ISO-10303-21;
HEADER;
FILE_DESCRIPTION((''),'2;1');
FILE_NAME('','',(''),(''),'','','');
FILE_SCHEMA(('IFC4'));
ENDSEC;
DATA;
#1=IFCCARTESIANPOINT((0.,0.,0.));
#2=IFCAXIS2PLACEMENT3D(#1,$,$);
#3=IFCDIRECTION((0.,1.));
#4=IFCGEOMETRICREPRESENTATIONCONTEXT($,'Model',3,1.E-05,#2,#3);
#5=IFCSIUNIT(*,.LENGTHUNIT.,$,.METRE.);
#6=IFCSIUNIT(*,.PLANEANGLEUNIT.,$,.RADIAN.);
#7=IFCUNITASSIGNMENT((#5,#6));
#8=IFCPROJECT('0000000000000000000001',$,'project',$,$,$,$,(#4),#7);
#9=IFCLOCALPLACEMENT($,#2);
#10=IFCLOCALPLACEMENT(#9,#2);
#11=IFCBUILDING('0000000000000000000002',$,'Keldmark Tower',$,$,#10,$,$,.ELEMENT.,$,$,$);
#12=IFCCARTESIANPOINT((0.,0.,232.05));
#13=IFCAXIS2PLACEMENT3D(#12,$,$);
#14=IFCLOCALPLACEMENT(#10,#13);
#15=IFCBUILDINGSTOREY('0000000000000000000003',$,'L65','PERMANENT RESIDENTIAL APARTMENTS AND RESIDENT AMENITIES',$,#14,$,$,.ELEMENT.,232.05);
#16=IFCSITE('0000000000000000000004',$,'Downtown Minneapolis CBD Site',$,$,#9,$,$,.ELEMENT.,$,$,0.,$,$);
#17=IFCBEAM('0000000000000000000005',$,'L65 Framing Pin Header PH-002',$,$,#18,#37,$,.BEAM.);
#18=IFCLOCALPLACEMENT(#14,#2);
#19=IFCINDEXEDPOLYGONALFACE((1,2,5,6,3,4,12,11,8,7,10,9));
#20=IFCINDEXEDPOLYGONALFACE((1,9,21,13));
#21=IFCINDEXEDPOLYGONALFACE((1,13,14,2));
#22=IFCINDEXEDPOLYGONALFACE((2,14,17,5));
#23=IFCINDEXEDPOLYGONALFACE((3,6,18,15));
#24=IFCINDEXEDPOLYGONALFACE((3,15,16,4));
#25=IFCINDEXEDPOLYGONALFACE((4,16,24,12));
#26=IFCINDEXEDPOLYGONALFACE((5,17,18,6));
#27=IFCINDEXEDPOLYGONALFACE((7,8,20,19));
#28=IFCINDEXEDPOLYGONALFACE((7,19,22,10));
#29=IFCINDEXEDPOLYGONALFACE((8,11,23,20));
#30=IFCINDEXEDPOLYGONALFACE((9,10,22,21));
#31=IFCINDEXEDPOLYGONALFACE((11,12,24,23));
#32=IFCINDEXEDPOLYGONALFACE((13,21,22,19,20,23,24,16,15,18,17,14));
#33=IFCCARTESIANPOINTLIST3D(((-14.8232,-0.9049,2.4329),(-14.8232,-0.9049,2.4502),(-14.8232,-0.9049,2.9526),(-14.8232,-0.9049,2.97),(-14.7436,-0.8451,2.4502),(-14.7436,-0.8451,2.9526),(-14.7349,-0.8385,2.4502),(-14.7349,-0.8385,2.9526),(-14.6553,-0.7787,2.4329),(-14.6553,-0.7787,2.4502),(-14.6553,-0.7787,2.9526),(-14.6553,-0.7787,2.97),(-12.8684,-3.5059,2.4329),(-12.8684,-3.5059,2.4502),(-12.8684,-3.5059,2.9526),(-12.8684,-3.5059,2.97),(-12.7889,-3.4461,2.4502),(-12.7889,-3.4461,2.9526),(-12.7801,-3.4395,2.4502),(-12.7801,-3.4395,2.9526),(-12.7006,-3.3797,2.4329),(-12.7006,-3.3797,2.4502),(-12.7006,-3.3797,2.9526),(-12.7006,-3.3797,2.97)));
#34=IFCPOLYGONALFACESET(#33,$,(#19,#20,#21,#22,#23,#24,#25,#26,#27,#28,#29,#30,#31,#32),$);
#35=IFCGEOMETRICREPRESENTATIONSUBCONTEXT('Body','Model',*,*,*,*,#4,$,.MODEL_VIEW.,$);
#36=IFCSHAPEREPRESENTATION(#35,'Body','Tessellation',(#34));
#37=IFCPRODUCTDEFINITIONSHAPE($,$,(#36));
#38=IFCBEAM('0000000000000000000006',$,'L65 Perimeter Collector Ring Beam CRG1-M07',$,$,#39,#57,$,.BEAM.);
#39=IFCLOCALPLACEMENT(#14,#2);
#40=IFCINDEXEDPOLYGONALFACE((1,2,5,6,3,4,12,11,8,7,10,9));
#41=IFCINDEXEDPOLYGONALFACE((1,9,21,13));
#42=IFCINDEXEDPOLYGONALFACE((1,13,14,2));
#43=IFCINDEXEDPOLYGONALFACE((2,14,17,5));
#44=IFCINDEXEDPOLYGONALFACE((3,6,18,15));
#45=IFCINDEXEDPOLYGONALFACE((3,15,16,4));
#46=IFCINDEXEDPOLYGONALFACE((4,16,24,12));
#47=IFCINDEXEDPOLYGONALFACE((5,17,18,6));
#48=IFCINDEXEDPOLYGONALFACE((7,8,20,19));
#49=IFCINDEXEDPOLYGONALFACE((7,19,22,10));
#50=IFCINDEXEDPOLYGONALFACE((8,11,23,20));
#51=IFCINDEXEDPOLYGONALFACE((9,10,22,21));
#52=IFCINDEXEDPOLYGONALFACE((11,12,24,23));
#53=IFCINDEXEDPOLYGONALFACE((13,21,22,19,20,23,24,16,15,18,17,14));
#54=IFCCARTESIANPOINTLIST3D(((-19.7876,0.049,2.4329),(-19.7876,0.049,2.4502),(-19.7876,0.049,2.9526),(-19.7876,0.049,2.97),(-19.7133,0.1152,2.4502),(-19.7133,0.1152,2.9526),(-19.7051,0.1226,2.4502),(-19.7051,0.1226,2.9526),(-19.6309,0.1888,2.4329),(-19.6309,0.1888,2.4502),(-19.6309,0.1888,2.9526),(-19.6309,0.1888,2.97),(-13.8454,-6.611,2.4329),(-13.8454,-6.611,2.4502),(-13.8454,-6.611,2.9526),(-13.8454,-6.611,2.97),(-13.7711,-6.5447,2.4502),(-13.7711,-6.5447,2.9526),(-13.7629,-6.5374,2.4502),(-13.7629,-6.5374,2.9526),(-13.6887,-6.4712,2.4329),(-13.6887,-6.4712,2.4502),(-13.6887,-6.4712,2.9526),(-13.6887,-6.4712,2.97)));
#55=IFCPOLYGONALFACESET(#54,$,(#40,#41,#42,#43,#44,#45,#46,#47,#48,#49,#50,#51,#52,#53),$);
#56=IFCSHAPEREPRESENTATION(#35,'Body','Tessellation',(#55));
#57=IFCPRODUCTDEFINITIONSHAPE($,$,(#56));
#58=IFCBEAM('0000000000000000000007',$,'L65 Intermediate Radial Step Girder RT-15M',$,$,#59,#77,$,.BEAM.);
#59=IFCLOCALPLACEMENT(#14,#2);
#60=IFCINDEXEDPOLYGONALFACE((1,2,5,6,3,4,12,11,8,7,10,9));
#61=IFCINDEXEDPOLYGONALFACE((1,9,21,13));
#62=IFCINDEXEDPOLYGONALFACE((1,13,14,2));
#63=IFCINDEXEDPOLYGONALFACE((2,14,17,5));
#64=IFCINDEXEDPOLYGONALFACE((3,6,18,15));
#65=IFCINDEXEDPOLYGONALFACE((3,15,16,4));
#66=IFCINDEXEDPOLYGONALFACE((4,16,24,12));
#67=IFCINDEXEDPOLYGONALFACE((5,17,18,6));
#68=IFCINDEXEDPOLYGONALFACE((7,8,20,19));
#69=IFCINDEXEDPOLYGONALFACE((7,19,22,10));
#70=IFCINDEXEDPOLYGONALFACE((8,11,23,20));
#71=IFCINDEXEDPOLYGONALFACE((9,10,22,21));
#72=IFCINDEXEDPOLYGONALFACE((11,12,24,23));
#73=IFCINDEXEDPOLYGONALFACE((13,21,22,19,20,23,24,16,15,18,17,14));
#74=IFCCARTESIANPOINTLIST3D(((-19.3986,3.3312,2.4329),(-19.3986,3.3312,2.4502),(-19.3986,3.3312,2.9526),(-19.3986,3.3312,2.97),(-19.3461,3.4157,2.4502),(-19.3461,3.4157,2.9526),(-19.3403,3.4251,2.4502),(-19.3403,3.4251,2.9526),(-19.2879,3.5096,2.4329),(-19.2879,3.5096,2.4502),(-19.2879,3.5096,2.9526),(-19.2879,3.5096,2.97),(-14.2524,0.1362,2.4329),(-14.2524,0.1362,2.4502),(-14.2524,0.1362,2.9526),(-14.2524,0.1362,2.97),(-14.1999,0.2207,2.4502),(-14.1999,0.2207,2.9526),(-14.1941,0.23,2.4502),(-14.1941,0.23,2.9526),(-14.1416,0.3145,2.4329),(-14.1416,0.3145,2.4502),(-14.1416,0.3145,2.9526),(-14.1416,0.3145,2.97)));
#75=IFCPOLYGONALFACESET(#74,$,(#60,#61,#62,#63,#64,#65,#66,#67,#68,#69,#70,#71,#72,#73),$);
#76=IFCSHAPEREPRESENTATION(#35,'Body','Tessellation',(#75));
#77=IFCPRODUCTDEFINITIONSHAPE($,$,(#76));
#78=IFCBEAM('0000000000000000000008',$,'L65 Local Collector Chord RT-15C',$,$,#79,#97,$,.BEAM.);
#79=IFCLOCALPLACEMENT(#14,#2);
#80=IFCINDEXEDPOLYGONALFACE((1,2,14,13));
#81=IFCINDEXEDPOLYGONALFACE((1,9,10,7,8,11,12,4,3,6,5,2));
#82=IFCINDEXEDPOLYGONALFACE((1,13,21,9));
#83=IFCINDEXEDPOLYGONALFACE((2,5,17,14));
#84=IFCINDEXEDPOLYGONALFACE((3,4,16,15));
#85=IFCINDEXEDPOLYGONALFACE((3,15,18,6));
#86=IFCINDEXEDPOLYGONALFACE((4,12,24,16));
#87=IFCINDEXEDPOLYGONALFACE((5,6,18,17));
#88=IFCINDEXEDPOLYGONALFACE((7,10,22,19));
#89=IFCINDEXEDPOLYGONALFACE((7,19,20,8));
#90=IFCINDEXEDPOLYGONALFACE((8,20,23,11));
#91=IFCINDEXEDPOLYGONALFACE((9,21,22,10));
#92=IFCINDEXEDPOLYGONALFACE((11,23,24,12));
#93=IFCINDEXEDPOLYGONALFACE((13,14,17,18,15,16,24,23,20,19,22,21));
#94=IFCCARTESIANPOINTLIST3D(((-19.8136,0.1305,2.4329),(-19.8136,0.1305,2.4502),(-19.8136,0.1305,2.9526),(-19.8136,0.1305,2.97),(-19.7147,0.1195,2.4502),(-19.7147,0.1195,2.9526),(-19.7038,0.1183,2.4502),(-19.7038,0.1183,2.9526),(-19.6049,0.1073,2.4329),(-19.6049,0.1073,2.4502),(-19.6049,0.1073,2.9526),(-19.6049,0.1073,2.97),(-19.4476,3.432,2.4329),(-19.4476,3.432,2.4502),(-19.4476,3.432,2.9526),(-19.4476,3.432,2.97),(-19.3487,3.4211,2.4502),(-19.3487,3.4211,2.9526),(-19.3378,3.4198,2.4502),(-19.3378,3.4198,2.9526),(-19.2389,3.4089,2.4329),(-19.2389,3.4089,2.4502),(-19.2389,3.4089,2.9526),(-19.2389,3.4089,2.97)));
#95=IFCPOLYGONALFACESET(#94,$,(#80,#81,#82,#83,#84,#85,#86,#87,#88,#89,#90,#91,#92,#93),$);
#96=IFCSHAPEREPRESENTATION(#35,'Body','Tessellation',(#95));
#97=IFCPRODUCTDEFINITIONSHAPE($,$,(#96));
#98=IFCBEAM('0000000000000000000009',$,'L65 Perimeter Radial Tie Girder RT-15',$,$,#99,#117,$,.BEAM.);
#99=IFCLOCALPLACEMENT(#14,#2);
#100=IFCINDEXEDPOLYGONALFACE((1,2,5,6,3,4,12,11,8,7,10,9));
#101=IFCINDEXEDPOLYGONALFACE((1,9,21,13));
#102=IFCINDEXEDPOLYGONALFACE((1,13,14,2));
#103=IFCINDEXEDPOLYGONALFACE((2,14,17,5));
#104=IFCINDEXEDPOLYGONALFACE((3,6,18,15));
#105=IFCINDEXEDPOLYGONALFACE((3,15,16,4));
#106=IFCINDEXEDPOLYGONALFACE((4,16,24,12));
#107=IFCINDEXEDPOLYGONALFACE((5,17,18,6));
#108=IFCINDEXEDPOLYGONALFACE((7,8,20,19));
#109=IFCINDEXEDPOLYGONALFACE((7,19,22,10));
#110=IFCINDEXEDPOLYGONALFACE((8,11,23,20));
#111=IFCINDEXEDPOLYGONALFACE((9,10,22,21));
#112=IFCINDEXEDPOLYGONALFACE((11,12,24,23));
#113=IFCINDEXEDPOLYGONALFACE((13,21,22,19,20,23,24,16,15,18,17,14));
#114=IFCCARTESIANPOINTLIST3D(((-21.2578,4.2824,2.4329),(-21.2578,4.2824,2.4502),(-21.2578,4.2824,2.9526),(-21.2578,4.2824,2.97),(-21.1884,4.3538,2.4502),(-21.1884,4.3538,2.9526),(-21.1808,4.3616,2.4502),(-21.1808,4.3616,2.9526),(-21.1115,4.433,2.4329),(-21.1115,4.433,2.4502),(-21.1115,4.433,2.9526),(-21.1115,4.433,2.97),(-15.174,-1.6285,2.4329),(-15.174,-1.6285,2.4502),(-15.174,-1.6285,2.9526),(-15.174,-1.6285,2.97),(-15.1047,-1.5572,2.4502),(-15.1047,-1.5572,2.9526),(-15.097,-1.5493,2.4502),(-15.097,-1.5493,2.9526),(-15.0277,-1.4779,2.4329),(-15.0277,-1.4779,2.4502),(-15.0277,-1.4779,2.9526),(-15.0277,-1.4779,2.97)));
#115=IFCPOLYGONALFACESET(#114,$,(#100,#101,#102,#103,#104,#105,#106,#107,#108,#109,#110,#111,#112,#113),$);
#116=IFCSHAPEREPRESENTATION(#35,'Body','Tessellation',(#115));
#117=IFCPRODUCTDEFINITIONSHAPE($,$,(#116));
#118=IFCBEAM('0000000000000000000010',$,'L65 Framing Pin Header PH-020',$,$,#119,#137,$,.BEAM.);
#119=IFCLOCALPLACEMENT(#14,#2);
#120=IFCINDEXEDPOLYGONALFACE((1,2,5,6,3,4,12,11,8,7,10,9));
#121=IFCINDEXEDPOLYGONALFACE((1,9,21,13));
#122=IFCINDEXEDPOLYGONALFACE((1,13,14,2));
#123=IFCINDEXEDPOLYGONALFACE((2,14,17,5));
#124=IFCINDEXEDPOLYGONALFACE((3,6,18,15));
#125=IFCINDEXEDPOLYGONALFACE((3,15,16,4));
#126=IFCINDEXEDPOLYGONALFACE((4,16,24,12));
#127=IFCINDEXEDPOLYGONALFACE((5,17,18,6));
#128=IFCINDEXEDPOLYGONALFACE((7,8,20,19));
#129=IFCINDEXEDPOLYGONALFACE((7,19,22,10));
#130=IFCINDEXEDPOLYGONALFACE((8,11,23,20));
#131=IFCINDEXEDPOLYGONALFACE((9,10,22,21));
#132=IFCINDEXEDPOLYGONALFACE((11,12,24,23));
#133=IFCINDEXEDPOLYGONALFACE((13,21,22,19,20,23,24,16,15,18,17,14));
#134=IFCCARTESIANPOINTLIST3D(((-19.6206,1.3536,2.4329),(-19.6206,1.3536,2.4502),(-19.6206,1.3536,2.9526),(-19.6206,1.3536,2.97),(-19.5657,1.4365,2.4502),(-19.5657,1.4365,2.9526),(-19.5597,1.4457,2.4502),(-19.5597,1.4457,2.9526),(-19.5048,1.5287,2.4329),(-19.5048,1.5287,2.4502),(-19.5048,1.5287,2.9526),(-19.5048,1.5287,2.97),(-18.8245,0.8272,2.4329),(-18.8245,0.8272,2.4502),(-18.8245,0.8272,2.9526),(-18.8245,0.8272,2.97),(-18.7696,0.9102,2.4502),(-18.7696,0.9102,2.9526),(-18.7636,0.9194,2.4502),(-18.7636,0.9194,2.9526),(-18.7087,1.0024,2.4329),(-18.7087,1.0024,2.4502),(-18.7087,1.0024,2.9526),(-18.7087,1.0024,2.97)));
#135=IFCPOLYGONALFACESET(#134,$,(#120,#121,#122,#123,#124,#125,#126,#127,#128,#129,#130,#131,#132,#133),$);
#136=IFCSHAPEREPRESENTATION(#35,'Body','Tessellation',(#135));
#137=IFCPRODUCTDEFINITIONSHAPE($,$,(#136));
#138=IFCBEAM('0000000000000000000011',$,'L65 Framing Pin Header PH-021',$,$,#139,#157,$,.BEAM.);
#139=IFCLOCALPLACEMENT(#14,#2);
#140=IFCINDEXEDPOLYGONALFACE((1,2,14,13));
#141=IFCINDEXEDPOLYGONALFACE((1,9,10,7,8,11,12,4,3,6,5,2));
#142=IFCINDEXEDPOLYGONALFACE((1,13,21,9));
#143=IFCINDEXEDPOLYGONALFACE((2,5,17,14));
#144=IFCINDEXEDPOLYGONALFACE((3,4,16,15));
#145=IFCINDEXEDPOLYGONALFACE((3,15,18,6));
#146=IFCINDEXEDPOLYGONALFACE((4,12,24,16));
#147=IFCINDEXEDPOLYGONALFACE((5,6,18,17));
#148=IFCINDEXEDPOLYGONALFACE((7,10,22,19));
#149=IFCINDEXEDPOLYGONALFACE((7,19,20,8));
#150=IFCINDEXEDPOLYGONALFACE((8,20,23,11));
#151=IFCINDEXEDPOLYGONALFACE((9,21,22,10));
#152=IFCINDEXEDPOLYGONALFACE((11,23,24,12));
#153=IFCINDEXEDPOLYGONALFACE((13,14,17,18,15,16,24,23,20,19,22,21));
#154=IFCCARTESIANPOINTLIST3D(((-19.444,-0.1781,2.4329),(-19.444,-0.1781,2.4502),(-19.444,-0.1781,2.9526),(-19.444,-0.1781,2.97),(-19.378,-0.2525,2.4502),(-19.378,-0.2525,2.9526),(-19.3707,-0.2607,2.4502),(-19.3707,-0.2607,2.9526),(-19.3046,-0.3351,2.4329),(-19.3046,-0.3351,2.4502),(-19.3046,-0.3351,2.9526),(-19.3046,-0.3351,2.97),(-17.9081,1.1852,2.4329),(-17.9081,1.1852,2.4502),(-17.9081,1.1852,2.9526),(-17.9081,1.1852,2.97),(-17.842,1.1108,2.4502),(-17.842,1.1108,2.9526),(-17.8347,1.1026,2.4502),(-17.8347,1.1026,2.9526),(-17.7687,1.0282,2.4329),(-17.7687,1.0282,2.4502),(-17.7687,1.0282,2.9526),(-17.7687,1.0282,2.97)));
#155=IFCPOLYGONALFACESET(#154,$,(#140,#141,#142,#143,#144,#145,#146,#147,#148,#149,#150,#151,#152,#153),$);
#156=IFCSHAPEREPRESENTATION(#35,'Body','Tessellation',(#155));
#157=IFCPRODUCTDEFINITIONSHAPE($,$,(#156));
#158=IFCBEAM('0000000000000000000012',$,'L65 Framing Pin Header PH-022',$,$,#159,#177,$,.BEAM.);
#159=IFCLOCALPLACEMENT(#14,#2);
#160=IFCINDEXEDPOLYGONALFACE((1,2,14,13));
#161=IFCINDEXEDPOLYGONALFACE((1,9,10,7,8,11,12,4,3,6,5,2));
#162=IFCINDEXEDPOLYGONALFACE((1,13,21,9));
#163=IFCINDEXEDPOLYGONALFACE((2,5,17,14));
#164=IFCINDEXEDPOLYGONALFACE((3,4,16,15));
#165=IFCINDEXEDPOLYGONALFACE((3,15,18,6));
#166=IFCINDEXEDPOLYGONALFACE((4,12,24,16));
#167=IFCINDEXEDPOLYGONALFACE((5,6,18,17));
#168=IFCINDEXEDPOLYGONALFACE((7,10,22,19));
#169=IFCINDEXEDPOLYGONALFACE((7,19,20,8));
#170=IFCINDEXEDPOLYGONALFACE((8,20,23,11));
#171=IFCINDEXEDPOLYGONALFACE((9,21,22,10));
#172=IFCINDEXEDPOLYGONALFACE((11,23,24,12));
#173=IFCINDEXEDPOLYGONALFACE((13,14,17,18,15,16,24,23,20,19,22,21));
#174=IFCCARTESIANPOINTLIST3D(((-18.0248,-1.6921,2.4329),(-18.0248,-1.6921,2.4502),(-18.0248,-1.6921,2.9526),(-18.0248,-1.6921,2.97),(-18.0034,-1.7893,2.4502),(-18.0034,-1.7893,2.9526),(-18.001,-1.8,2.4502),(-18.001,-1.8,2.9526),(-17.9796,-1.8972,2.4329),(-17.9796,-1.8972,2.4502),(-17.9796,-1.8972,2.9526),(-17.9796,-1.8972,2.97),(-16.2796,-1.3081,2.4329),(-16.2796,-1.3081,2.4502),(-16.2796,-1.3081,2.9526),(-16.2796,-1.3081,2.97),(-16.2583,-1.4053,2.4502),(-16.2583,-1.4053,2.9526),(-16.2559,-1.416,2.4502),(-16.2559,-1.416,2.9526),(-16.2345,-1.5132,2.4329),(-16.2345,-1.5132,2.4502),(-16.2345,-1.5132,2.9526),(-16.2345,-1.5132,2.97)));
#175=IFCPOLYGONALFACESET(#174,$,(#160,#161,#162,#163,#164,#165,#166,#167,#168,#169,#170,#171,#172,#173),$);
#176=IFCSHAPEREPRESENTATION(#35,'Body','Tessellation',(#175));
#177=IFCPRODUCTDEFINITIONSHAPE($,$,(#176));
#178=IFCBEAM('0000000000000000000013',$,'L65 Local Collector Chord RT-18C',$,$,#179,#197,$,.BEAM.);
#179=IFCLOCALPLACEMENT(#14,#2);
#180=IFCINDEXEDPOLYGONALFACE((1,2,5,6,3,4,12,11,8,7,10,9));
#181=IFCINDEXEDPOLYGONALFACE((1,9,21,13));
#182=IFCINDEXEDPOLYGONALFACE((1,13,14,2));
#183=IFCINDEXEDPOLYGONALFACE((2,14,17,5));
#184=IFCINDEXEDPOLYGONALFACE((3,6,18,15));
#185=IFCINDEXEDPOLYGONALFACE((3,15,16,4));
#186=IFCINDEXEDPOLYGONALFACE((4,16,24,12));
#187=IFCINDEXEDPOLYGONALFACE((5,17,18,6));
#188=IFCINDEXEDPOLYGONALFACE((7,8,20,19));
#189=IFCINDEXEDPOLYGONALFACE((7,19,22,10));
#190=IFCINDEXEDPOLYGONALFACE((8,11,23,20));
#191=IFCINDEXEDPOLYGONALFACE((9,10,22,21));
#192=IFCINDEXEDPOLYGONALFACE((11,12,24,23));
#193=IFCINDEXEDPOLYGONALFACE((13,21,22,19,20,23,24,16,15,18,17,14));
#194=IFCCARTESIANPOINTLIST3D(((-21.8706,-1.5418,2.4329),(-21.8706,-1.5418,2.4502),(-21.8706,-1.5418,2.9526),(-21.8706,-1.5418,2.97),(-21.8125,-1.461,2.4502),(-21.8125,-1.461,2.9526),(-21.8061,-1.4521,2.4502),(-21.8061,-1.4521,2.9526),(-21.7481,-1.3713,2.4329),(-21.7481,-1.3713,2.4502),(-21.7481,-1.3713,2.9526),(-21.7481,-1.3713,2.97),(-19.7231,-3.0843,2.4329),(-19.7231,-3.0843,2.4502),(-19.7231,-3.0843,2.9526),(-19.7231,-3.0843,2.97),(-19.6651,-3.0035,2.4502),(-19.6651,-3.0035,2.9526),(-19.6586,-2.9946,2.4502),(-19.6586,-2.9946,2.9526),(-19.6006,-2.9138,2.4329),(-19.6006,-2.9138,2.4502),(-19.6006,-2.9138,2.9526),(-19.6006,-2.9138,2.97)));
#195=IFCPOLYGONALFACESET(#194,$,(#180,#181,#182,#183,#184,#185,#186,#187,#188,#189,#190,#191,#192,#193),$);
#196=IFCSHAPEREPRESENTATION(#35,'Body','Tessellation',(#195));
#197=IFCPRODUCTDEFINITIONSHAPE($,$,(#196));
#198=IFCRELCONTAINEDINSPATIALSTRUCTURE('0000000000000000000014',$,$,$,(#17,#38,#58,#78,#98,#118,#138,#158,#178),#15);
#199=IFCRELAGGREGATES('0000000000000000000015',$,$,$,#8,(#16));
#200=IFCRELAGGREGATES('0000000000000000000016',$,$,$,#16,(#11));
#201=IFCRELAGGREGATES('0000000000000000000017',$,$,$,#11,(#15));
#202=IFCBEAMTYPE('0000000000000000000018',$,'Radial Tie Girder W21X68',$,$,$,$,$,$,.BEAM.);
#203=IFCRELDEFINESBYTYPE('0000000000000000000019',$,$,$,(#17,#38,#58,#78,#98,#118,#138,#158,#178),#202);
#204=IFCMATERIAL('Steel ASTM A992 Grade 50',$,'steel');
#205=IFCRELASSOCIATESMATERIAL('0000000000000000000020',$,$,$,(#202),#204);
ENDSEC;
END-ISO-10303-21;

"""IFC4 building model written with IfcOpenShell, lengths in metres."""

from ifc_helpers import new_model, si_unit, direction, frame, origin, origin_2d, place, context, subcontext, project, spatial, i_section, extrude, material, material_profile, profile_set, type_object, element, save


model = new_model("IFC4")

# Units and contexts
model_context = context("Model", 3, precision=1e-05, world=origin(), true_north=direction((0.0, 1.0)))
body_context = subcontext(model_context, "Body", "Model", "MODEL_VIEW")
ifc_project = project(units=[si_unit("LENGTHUNIT", "METRE"), si_unit("PLANEANGLEUNIT", "RADIAN")], contexts=[model_context])

# Site, building, storey
site_placement = place(None, origin())
site = spatial("IfcSite", under=ifc_project, at=site_placement, Name="Downtown Minneapolis CBD Site", CompositionType="ELEMENT", RefElevation=0.0)
building_placement = place(site_placement, origin())
building = spatial("IfcBuilding", under=site, at=building_placement, Name="Keldmark Tower", CompositionType="ELEMENT")
storey_placement = place(building_placement, frame((0.0, 0.0, 232.05)))
storey = spatial("IfcBuildingStorey", under=building, at=storey_placement, Name="L65", Description="PERMANENT RESIDENTIAL APARTMENTS AND RESIDENT AMENITIES", CompositionType="ELEMENT", Elevation=232.05)

# Beams
ifc_material_1 = material(Name="Steel ASTM A992 Grade 50", Category="steel")
ifc_material_profile_1 = material_profile(ifc_material_1, i_section(OverallWidth=0.21, OverallDepth=0.5371, WebThickness=0.011, FlangeThickness=0.0173, at=origin_2d()), Name="W21X68")
ifc_profile_set_1 = profile_set([ifc_material_profile_1], Name="Steel ASTM A992 Grade 50")
beam_type_1 = type_object("IfcBeamType", Name="Radial Tie Girder W21X68", PredefinedType="BEAM", material=ifc_profile_set_1)
beam_1_placement = place(storey_placement, frame((-14.7393, -0.8418, 2.7014), z_axis=(0.600792, -0.799405, 0.0), x_axis=(0.799405, 0.600792, 0.0)))
element("IfcBeam", 1, at=beam_1_placement, inside=storey, type_object=beam_type_1, Name="L65 Framing Pin Header PH-002", PredefinedType="BEAM", context=body_context, shape_type="SweptSolid", body=[
    extrude(i_section(OverallWidth=0.21, OverallDepth=0.5371, WebThickness=0.011, FlangeThickness=0.0173, at=origin_2d()), origin(), (0.0, 0.0, 1.0), 3.2537),
])
beam_2_placement = place(storey_placement, frame((-19.7092, 0.1189, 2.7014), z_axis=(0.665753, -0.746172, 0.0), x_axis=(0.746172, 0.665753, 0.0)))
element("IfcBeam", 2, at=beam_2_placement, inside=storey, type_object=beam_type_1, Name="L65 Perimeter Collector Ring Beam CRG1-M07", PredefinedType="BEAM", context=body_context, shape_type="SweptSolid", body=[
    extrude(i_section(OverallWidth=0.21, OverallDepth=0.5371, WebThickness=0.011, FlangeThickness=0.0173, at=origin_2d()), origin(), (0.0, 0.0, 1.0), 8.9255),
])
beam_3_placement = place(storey_placement, frame((-14.197, 0.2253, 2.7014), z_axis=(-0.849577, 0.527464, 0.0), x_axis=(-0.527464, -0.849577, 0.0)))
element("IfcBeam", 3, at=beam_3_placement, inside=storey, type_object=beam_type_1, Name="L65 Intermediate Radial Step Girder RT-15M", PredefinedType="BEAM", context=body_context, shape_type="SweptSolid", body=[
    extrude(i_section(OverallWidth=0.21, OverallDepth=0.5371, WebThickness=0.011, FlangeThickness=0.0173, at=origin_2d()), origin(), (0.0, 0.0, 1.0), 6.0574),
])
beam_4_placement = place(storey_placement, frame((-19.7092, 0.1189, 2.7014), z_axis=(0.110173, 0.993912, 0.0), x_axis=(-0.993912, 0.110173, 0.0)))
element("IfcBeam", 4, at=beam_4_placement, inside=storey, type_object=beam_type_1, Name="L65 Local Collector Chord RT-15C", PredefinedType="BEAM", context=body_context, shape_type="SweptSolid", body=[
    extrude(i_section(OverallWidth=0.21, OverallDepth=0.5371, WebThickness=0.011, FlangeThickness=0.0173, at=origin_2d()), origin(), (0.0, 0.0, 1.0), 3.3218),
])
beam_5_placement = place(storey_placement, frame((-15.1008, -1.5532, 2.7014), z_axis=(-0.717222, 0.696844, 0.0), x_axis=(-0.696844, -0.717222, 0.0)))
element("IfcBeam", 5, at=beam_5_placement, inside=storey, type_object=beam_type_1, Name="L65 Perimeter Radial Tie Girder RT-15", PredefinedType="BEAM", context=body_context, shape_type="SweptSolid", body=[
    extrude(i_section(OverallWidth=0.21, OverallDepth=0.5371, WebThickness=0.011, FlangeThickness=0.0173, at=origin_2d()), origin(), (0.0, 0.0, 1.0), 8.4824),
])
beam_6_placement = place(storey_placement, frame((-18.7666, 0.9148, 2.7014), z_axis=(-0.834169, 0.551508, 0.0), x_axis=(-0.551508, -0.834169, 0.0)))
element("IfcBeam", 6, at=beam_6_placement, inside=storey, type_object=beam_type_1, Name="L65 Framing Pin Header PH-020", PredefinedType="BEAM", context=body_context, shape_type="SweptSolid", body=[
    extrude(i_section(OverallWidth=0.21, OverallDepth=0.5371, WebThickness=0.011, FlangeThickness=0.0173, at=origin_2d()), origin(), (0.0, 0.0, 1.0), 0.9543),
])
beam_7_placement = place(storey_placement, frame((-17.8384, 1.1067, 2.7014), z_axis=(-0.747881, -0.663832, 0.0), x_axis=(0.663832, -0.747881, 0.0)))
element("IfcBeam", 7, at=beam_7_placement, inside=storey, type_object=beam_type_1, Name="L65 Framing Pin Header PH-021", PredefinedType="BEAM", context=body_context, shape_type="SweptSolid", body=[
    extrude(i_section(OverallWidth=0.21, OverallDepth=0.5371, WebThickness=0.011, FlangeThickness=0.0173, at=origin_2d()), origin(), (0.0, 0.0, 1.0), 2.0537),
])
beam_8_placement = place(storey_placement, frame((-16.2571, -1.4106, 2.7014), z_axis=(-0.976632, -0.214919, 0.0), x_axis=(0.214919, -0.976632, 0.0)))
element("IfcBeam", 8, at=beam_8_placement, inside=storey, type_object=beam_type_1, Name="L65 Framing Pin Header PH-022", PredefinedType="BEAM", context=body_context, shape_type="SweptSolid", body=[
    extrude(i_section(OverallWidth=0.21, OverallDepth=0.5371, WebThickness=0.011, FlangeThickness=0.0173, at=origin_2d()), origin(), (0.0, 0.0, 1.0), 1.7869),
])
beam_9_placement = place(storey_placement, frame((-21.8093, -1.4565, 2.7014), z_axis=(0.812196, -0.583385, 0.0), x_axis=(0.583385, 0.812196, 0.0)))
element("IfcBeam", 9, at=beam_9_placement, inside=storey, type_object=beam_type_1, Name="L65 Local Collector Chord RT-18C", PredefinedType="BEAM", context=body_context, shape_type="SweptSolid", body=[
    extrude(i_section(OverallWidth=0.21, OverallDepth=0.5371, WebThickness=0.011, FlangeThickness=0.0173, at=origin_2d()), origin(), (0.0, 0.0, 1.0), 2.644),
])

save(model, "model.ifc")
